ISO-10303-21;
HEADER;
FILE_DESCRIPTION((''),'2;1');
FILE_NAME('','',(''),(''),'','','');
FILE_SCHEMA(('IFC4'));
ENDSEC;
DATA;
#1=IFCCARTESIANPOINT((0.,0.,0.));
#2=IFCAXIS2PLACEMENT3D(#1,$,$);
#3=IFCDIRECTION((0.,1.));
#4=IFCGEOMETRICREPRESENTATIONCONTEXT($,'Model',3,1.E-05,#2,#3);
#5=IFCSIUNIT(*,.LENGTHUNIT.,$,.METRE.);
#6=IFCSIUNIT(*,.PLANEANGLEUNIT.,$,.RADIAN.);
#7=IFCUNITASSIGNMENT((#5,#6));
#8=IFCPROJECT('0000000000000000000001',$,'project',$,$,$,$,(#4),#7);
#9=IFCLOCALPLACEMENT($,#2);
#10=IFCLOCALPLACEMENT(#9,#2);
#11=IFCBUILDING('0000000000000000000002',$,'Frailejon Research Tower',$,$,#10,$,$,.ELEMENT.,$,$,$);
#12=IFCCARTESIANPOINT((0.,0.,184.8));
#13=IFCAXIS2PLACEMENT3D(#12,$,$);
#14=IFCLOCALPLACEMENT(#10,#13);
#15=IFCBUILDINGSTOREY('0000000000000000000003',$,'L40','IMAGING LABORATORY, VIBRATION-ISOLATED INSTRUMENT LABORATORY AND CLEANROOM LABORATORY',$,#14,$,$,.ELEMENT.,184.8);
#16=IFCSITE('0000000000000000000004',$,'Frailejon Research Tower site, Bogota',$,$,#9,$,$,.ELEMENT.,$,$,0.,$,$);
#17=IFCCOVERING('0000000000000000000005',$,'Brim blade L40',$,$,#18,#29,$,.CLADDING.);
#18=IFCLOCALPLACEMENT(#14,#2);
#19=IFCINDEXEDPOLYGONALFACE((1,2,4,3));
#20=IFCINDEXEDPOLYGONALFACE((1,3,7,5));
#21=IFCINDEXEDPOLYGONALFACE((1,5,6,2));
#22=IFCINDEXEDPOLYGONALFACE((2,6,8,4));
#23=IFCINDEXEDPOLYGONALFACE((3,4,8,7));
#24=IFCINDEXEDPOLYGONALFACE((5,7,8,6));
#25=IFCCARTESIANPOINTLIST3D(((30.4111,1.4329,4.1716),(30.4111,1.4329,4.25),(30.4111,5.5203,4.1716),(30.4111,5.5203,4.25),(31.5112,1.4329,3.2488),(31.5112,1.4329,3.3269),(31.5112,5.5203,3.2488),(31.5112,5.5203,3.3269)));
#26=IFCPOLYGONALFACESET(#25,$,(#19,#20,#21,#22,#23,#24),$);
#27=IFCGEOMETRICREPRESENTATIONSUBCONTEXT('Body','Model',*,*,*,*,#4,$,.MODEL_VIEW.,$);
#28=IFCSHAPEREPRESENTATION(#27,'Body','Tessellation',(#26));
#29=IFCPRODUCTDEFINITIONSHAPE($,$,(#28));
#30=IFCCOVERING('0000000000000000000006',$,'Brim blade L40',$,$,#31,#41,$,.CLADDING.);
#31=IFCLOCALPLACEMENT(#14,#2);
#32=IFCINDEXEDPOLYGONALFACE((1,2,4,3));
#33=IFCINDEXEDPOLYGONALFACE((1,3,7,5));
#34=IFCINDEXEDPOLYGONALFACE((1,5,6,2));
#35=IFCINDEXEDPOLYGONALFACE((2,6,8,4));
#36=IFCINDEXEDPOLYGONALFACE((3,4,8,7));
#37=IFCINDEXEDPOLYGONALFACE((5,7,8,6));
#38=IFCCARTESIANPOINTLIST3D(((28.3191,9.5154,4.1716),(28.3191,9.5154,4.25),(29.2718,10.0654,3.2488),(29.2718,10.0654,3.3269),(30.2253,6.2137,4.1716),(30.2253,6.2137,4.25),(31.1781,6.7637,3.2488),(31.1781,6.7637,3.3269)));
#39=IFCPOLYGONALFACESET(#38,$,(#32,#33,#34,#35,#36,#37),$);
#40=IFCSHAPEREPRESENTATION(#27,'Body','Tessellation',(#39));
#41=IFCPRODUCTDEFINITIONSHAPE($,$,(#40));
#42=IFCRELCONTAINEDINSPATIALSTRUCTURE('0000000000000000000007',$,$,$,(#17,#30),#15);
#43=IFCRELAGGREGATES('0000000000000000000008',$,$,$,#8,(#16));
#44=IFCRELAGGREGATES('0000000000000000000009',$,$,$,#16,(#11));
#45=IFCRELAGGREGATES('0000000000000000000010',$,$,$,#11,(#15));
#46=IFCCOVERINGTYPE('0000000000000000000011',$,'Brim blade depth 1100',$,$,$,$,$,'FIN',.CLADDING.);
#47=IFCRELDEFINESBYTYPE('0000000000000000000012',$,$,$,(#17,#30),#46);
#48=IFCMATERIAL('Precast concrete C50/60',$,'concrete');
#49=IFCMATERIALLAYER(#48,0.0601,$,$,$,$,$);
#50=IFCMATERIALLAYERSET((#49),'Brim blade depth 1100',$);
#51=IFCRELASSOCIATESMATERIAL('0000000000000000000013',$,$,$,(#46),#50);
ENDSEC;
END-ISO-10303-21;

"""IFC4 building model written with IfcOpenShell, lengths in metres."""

from ifc_helpers import new_model, si_unit, direction, frame, origin, place, context, subcontext, project, spatial, polyline, outline, extrude, material, layer, layer_set, type_object, element, save


model = new_model("IFC4")

# Units and contexts
model_context = context("Model", 3, precision=1e-05, world=origin(), true_north=direction((0.0, 1.0)))
body_context = subcontext(model_context, "Body", "Model", "MODEL_VIEW")
ifc_project = project(units=[si_unit("LENGTHUNIT", "METRE"), si_unit("PLANEANGLEUNIT", "RADIAN")], contexts=[model_context])

# Site, building, storey
site_placement = place(None, origin())
site = spatial("IfcSite", under=ifc_project, at=site_placement, Name="Frailejon Research Tower site, Bogota", CompositionType="ELEMENT", RefElevation=0.0)
building_placement = place(site_placement, origin())
building = spatial("IfcBuilding", under=site, at=building_placement, Name="Frailejon Research Tower", CompositionType="ELEMENT")
storey_placement = place(building_placement, frame((0.0, 0.0, 184.8)))
storey = spatial("IfcBuildingStorey", under=building, at=storey_placement, Name="L40", Description="IMAGING LABORATORY, VIBRATION-ISOLATED INSTRUMENT LABORATORY AND CLEANROOM LABORATORY", CompositionType="ELEMENT", Elevation=184.8)

# Coverings
ifc_material_1 = material(Name="Precast concrete C50/60", Category="concrete")
ifc_layer_1 = layer(ifc_material_1, 0.0601)
ifc_layer_set_1 = layer_set([ifc_layer_1], Name="Brim blade depth 1100")
covering_type = type_object("IfcCoveringType", Name="Brim blade depth 1100", ElementType="FIN", PredefinedType="CLADDING", material=ifc_layer_set_1)
covering_1_placement = place(storey_placement, frame((30.4111, 5.5203, 4.25), z_axis=(0.0, -1.0, 0.0), x_axis=(1.0, 0.0, 0.0)))
element("IfcCovering", 1, at=covering_1_placement, inside=storey, type_object=covering_type, Name="Brim blade L40", PredefinedType="CLADDING", context=body_context, shape_type="SweptSolid", body=[
    extrude(outline(polyline([(0.0, -0.0784), (1.1001, -1.0012), (1.1001, -0.9231), (0.0, 0.0), (0.0, -0.0784)])), origin(), (0.0, 0.0, 1.0), 4.0874),
])
covering_2_placement = place(storey_placement, frame((28.3191, 9.5154, 4.25), z_axis=(0.500001, -0.866025, 0.0), x_axis=(0.866025, 0.500001, 0.0)))
element("IfcCovering", 2, at=covering_2_placement, inside=storey, type_object=covering_type, Name="Brim blade L40", PredefinedType="CLADDING", context=body_context, shape_type="SweptSolid", body=[
    extrude(outline(polyline([(0.0, -0.0784), (1.1001, -1.0012), (1.1001, -0.9231), (0.0, 0.0), (0.0, -0.0784)])), origin(), (0.0, 0.0, 1.0), 3.8125),
])

save(model, "model.ifc")
